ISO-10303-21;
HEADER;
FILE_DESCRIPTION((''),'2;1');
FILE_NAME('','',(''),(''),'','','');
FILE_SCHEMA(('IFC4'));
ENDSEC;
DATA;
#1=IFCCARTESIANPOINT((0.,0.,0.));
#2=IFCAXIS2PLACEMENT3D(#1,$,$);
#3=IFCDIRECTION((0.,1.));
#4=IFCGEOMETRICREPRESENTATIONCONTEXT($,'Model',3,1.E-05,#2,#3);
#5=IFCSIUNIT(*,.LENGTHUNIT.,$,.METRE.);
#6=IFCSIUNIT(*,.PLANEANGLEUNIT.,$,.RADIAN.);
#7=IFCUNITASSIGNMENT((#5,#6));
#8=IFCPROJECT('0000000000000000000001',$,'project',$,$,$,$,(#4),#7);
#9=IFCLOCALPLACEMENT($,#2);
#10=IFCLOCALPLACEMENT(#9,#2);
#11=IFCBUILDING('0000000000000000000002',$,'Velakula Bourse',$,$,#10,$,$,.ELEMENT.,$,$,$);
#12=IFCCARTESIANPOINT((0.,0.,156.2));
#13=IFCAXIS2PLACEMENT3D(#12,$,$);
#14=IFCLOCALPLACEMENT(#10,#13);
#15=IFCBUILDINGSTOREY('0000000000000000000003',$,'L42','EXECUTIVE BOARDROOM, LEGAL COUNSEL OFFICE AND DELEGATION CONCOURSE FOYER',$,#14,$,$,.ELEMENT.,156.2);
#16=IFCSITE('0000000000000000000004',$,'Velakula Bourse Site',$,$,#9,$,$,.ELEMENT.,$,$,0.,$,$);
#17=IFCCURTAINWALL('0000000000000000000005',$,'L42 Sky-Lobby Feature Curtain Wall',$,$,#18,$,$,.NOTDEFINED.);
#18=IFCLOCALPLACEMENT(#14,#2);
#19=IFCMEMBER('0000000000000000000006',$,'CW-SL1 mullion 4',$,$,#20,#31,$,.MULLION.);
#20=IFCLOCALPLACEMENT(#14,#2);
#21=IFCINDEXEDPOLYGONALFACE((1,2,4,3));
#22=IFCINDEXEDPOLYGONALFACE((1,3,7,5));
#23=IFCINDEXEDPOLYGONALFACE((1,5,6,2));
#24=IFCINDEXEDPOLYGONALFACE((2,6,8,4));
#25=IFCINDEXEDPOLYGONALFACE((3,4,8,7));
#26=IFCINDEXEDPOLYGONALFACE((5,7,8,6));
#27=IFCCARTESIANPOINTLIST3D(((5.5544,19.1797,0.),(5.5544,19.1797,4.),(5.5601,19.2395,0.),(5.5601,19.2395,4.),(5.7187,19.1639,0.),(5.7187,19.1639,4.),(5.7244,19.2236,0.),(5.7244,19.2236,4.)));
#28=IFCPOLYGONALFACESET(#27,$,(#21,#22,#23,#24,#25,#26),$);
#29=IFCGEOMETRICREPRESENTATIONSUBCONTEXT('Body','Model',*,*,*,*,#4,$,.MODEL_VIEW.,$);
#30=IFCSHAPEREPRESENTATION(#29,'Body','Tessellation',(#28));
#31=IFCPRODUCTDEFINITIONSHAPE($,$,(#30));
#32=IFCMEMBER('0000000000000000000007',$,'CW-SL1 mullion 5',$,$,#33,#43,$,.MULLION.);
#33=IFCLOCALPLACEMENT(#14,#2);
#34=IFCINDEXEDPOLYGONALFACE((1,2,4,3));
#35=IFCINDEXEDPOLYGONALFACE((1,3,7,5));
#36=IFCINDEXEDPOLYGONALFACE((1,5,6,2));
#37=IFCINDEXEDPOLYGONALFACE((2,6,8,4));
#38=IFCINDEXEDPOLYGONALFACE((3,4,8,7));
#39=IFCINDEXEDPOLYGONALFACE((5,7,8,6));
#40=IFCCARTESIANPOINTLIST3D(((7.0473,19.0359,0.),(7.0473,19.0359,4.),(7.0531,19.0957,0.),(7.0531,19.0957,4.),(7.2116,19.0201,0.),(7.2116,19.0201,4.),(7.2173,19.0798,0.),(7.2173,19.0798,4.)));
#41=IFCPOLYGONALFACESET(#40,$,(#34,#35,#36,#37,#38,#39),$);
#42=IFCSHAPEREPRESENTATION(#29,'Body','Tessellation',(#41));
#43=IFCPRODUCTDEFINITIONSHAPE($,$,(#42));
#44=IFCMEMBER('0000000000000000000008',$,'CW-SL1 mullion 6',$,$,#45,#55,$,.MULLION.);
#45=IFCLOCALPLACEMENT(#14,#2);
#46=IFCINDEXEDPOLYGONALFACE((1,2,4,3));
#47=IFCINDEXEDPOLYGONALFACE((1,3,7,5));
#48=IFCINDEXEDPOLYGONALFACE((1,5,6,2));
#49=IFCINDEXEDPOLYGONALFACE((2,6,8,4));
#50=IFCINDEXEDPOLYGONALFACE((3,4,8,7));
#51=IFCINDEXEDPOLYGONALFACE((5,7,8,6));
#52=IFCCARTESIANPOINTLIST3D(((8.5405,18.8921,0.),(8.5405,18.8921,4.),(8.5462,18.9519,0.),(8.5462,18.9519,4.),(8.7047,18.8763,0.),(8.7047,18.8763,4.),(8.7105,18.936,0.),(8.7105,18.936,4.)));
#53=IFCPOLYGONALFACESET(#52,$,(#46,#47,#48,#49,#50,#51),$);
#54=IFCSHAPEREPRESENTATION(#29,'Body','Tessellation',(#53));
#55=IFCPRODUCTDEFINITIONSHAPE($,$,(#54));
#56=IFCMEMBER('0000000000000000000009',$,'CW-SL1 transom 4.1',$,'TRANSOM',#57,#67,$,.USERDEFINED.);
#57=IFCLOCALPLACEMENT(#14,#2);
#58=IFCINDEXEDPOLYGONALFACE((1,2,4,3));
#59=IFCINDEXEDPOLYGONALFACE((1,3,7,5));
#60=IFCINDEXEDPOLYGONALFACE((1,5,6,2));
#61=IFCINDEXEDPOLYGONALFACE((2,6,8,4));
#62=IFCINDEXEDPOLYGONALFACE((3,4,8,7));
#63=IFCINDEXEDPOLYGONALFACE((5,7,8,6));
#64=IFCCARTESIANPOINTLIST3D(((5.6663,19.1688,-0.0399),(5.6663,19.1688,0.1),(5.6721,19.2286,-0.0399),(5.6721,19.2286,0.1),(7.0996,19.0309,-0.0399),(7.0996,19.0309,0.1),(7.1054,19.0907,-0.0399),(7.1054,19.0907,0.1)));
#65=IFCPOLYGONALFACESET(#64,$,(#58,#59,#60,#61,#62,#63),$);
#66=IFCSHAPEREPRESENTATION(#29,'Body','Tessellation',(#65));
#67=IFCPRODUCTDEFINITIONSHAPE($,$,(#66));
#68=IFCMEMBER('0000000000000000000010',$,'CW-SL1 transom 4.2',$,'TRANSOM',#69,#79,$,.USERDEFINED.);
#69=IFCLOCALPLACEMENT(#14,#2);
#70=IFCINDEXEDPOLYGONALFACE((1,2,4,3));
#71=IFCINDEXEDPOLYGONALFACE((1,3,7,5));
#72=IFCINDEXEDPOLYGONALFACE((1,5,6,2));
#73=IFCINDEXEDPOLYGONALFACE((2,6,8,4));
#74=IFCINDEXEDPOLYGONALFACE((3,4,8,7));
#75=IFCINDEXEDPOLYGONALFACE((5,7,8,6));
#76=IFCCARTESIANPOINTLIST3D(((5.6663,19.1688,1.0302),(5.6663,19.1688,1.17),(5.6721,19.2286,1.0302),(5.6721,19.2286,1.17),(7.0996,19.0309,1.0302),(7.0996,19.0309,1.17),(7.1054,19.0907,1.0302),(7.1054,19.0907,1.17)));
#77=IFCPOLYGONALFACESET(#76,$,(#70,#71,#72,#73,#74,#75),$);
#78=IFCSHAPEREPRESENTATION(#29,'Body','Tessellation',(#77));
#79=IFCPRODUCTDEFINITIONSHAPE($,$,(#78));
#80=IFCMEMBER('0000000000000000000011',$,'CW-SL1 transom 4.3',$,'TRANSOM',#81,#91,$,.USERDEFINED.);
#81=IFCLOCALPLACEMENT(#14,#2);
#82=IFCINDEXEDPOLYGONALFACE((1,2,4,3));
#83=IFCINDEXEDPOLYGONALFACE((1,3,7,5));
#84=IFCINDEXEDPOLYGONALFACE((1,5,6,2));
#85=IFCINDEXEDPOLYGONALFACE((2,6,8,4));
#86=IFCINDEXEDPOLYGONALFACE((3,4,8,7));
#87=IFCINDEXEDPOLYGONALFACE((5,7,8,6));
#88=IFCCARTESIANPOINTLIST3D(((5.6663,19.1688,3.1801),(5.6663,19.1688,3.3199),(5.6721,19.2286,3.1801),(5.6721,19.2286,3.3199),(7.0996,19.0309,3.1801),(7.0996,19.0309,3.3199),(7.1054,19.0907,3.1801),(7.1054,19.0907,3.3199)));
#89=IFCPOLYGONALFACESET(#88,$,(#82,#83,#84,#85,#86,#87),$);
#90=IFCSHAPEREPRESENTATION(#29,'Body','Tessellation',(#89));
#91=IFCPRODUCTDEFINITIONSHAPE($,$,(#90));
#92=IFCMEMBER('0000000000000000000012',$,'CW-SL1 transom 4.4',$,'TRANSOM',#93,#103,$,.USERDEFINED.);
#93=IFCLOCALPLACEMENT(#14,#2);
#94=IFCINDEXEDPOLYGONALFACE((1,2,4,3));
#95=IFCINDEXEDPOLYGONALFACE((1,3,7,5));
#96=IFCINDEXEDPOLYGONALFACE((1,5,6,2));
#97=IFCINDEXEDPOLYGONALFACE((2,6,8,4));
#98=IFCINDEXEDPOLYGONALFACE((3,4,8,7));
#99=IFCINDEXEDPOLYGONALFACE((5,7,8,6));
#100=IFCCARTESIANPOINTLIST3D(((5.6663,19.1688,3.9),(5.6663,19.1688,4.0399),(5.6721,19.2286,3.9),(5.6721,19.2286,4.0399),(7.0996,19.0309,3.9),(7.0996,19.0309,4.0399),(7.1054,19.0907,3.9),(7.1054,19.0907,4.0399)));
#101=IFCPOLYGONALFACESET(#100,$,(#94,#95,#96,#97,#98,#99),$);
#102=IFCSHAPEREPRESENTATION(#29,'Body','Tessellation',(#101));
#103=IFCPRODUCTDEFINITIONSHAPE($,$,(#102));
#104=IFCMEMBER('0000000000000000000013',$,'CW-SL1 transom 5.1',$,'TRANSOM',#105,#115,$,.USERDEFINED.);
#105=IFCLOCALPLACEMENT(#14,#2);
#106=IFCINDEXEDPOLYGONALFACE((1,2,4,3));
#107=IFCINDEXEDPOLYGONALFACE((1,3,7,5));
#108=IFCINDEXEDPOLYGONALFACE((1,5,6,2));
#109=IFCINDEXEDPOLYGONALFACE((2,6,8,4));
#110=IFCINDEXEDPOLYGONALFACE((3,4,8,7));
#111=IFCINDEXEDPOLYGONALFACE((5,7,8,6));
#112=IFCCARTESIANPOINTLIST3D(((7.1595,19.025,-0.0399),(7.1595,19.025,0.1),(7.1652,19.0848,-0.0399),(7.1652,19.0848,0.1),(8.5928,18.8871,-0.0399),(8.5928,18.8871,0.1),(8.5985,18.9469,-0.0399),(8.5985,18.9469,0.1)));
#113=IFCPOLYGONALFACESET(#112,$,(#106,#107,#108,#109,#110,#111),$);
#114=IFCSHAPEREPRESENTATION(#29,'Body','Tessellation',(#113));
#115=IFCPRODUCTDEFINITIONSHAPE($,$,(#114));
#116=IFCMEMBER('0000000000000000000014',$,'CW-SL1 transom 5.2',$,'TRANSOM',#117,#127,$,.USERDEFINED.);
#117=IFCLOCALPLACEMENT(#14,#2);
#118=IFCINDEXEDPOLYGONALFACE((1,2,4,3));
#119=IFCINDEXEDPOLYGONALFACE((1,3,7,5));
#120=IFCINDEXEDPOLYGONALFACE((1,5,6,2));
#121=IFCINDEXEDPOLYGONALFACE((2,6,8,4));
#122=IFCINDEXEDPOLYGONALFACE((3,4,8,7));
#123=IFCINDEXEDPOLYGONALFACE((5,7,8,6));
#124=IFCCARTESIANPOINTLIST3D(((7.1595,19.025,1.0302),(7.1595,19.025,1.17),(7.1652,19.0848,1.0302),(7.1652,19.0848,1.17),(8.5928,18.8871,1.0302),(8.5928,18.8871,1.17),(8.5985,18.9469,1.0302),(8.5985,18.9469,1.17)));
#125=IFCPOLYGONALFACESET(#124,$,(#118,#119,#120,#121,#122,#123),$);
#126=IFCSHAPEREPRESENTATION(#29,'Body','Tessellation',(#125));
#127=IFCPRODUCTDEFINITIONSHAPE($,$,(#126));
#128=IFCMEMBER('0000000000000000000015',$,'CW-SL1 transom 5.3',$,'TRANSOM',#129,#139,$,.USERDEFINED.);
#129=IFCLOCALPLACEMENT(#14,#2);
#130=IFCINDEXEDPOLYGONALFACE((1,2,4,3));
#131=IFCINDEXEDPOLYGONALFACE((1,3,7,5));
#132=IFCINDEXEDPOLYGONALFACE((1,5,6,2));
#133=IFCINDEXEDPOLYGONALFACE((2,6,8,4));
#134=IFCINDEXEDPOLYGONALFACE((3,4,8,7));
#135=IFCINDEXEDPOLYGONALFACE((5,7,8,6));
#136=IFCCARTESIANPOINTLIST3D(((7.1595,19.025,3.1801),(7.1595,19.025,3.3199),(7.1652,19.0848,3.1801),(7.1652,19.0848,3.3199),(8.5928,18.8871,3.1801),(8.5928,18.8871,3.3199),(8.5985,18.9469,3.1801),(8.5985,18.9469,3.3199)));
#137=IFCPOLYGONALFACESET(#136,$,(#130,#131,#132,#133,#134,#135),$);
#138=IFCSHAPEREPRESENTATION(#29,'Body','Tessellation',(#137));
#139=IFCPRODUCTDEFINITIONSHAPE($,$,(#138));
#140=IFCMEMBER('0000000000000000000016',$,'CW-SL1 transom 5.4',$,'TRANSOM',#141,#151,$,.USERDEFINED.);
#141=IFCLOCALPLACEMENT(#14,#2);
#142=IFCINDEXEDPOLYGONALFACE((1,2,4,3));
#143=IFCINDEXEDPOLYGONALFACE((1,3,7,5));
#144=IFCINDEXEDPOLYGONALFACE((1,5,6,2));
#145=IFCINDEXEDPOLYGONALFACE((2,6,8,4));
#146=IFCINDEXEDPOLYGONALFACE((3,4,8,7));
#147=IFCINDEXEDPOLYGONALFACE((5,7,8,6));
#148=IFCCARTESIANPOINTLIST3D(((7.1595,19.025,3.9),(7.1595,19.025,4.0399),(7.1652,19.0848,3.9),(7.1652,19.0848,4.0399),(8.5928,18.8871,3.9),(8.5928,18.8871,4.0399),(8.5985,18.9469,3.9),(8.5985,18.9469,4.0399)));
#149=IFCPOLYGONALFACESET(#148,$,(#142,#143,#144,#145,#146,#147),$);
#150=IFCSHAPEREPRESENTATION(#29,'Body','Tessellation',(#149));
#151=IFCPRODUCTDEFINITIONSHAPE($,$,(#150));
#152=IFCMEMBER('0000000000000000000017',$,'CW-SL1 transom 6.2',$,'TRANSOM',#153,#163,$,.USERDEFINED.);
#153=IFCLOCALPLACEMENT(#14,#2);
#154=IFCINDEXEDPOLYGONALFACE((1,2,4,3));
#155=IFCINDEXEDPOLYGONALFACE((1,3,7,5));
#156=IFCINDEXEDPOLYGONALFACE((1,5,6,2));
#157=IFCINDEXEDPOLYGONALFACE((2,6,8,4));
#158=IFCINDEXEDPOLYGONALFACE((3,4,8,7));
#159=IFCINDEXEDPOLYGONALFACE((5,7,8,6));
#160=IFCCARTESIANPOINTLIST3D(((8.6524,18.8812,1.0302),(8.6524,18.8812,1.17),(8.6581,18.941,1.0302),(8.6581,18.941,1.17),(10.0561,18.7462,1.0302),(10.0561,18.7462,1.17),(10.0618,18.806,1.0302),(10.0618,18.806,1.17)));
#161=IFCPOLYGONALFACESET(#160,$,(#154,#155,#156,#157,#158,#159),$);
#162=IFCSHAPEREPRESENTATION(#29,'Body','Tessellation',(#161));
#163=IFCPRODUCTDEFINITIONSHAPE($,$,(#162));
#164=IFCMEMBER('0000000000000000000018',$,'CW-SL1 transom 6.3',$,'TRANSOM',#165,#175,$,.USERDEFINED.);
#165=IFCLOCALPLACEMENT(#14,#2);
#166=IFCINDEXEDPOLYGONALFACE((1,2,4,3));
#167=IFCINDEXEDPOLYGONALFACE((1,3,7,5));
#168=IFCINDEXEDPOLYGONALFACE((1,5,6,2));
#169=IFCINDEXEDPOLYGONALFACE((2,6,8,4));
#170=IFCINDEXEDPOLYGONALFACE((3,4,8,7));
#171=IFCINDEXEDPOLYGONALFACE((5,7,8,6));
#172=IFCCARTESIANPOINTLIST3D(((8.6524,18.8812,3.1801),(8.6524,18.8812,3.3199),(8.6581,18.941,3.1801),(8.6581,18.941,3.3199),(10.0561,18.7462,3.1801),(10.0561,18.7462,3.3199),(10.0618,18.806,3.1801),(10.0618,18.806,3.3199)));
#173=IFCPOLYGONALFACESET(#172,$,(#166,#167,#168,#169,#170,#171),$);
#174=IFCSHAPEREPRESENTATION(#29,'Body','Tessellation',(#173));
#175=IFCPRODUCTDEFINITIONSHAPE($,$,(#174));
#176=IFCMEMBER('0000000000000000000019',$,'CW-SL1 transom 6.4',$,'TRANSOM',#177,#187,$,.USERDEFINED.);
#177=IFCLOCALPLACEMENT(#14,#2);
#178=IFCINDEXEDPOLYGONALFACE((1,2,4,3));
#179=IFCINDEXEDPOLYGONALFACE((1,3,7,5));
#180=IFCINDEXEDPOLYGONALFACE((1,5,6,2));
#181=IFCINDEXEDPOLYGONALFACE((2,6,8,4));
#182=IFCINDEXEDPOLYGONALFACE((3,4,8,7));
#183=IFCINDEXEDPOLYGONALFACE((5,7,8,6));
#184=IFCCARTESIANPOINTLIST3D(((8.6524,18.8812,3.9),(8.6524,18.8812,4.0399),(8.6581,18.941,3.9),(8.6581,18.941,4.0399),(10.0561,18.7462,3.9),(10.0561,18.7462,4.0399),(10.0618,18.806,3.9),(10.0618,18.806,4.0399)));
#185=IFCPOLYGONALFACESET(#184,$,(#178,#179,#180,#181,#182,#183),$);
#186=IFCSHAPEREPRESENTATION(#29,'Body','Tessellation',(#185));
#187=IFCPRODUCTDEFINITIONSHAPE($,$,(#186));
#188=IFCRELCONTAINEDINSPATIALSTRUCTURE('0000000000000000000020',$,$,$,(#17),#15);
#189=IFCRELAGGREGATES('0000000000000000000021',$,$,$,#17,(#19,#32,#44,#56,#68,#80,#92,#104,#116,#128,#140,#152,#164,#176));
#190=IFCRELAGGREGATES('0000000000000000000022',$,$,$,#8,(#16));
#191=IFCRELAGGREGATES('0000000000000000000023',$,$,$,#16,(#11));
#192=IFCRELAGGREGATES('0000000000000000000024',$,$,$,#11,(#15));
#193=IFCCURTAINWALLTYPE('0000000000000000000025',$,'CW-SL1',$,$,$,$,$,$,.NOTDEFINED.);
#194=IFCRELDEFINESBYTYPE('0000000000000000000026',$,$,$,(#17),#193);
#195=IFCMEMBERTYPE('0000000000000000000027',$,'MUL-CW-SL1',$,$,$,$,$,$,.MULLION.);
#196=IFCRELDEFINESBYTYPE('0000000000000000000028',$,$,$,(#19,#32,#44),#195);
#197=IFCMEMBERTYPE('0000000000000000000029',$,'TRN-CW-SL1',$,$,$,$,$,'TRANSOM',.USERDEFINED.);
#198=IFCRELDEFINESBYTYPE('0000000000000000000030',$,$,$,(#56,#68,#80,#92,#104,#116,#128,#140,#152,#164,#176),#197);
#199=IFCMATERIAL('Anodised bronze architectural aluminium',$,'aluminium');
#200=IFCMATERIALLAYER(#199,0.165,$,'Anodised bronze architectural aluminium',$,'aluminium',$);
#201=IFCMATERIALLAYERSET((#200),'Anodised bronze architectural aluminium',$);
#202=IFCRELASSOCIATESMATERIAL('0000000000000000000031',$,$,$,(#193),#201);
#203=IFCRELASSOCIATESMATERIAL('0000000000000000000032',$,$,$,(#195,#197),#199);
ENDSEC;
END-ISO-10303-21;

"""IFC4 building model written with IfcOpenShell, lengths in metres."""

from ifc_helpers import new_model, si_unit, direction, frame, origin, origin_2d, place, context, subcontext, project, spatial, rectangle, extrude, material, layer, layer_set, material_profile, profile_set, type_object, element, aggregate, save


model = new_model("IFC4")

# Units and contexts
model_context = context("Model", 3, precision=1e-05, world=origin(), true_north=direction((0.0, 1.0)))
body_context = subcontext(model_context, "Body", "Model", "MODEL_VIEW")
ifc_project = project(units=[si_unit("LENGTHUNIT", "METRE"), si_unit("PLANEANGLEUNIT", "RADIAN")], contexts=[model_context])

# Site, building, storey
site_placement = place(None, origin())
site = spatial("IfcSite", under=ifc_project, at=site_placement, Name="Velakula Bourse Site", CompositionType="ELEMENT", RefElevation=0.0)
building_placement = place(site_placement, origin())
building = spatial("IfcBuilding", under=site, at=building_placement, Name="Velakula Bourse", CompositionType="ELEMENT")
storey_placement = place(building_placement, frame((0.0, 0.0, 156.2)))
storey = spatial("IfcBuildingStorey", under=building, at=storey_placement, Name="L42", Description="EXECUTIVE BOARDROOM, LEGAL COUNSEL OFFICE AND DELEGATION CONCOURSE FOYER", CompositionType="ELEMENT", Elevation=156.2)

# Curtain wall, members
ifc_material_1 = material(Name="Anodised bronze architectural aluminium", Category="aluminium")
ifc_layer_1 = layer(ifc_material_1, 0.165, Name="Anodised bronze architectural aluminium", Category="aluminium")
ifc_layer_set_1 = layer_set([ifc_layer_1], Name="Anodised bronze architectural aluminium")
curtain_wall_type = type_object("IfcCurtainWallType", Name="CW-SL1", PredefinedType="NOTDEFINED", material=ifc_layer_set_1)
curtain_wall_placement = place(storey_placement, origin())
curtain_wall = element("IfcCurtainWall", 1, at=curtain_wall_placement, inside=storey, type_object=curtain_wall_type, Name="L42 Sky-Lobby Feature Curtain Wall", PredefinedType="NOTDEFINED")
ifc_material_profile_1 = material_profile(ifc_material_1, rectangle(XDim=0.0601, YDim=0.165, at=origin_2d()), Name="Anodised bronze architectural aluminium")
ifc_profile_set_1 = profile_set([ifc_material_profile_1], Name="Anodised bronze architectural aluminium")
member_type_1 = type_object("IfcMemberType", Name="MUL-CW-SL1", PredefinedType="MULLION", material=ifc_profile_set_1)
member_1_placement = place(storey_placement, frame((5.6394, 19.2017, 0.0), z_axis=(0.0, 0.0, 1.0), x_axis=(0.095855, 0.995395, 0.0)))
member_1 = element("IfcMember", 2, at=member_1_placement, type_object=member_type_1, Name="CW-SL1 mullion 4", PredefinedType="MULLION", context=body_context, shape_type="SweptSolid", body=[
    extrude(rectangle(XDim=0.0601, YDim=0.165, at=origin_2d()), origin(), (0.0, 0.0, 1.0), 4.0),
])
member_2_placement = place(storey_placement, frame((7.1323, 19.0579, 0.0), z_axis=(0.0, 0.0, 1.0), x_axis=(0.095855, 0.995395, 0.0)))
member_2 = element("IfcMember", 3, at=member_2_placement, type_object=member_type_1, Name="CW-SL1 mullion 5", PredefinedType="MULLION", context=body_context, shape_type="SweptSolid", body=[
    extrude(rectangle(XDim=0.0601, YDim=0.165, at=origin_2d()), origin(), (0.0, 0.0, 1.0), 4.0),
])
member_3_placement = place(storey_placement, frame((8.6255, 18.9141, 0.0), z_axis=(0.0, 0.0, 1.0), x_axis=(0.095855, 0.995395, 0.0)))
member_3 = element("IfcMember", 4, at=member_3_placement, type_object=member_type_1, Name="CW-SL1 mullion 6", PredefinedType="MULLION", context=body_context, shape_type="SweptSolid", body=[
    extrude(rectangle(XDim=0.0601, YDim=0.165, at=origin_2d()), origin(), (0.0, 0.0, 1.0), 4.0),
])
ifc_material_profile_2 = material_profile(ifc_material_1, rectangle(XDim=0.0601, YDim=0.1399, at=origin_2d()), Name="Anodised bronze architectural aluminium")
ifc_profile_set_2 = profile_set([ifc_material_profile_2], Name="Anodised bronze architectural aluminium")
member_type_2 = type_object("IfcMemberType", Name="TRN-CW-SL1", ElementType="TRANSOM", PredefinedType="USERDEFINED", material=ifc_profile_set_2)
member_4_placement = place(storey_placement, frame((5.6692, 19.1987, 0.03), z_axis=(0.995401, -0.095793, 0.0), x_axis=(0.095793, 0.995401, 0.0)))
member_4 = element("IfcMember", 5, at=member_4_placement, type_object=member_type_2, Name="CW-SL1 transom 4.1", ObjectType="TRANSOM", PredefinedType="USERDEFINED", context=body_context, shape_type="SweptSolid", body=[
    extrude(rectangle(XDim=0.0601, YDim=0.1399, at=origin_2d()), origin(), (0.0, 0.0, 1.0), 1.4399),
])
member_5_placement = place(storey_placement, frame((5.6692, 19.1987, 1.1001), z_axis=(0.995401, -0.095793, 0.0), x_axis=(0.095793, 0.995401, 0.0)))
member_5 = element("IfcMember", 6, at=member_5_placement, type_object=member_type_2, Name="CW-SL1 transom 4.2", ObjectType="TRANSOM", PredefinedType="USERDEFINED", context=body_context, shape_type="SweptSolid", body=[
    extrude(rectangle(XDim=0.0601, YDim=0.1399, at=origin_2d()), origin(), (0.0, 0.0, 1.0), 1.4399),
])
member_6_placement = place(storey_placement, frame((5.6692, 19.1987, 3.25), z_axis=(0.995401, -0.095793, 0.0), x_axis=(0.095793, 0.995401, 0.0)))
member_6 = element("IfcMember", 7, at=member_6_placement, type_object=member_type_2, Name="CW-SL1 transom 4.3", ObjectType="TRANSOM", PredefinedType="USERDEFINED", context=body_context, shape_type="SweptSolid", body=[
    extrude(rectangle(XDim=0.0601, YDim=0.1399, at=origin_2d()), origin(), (0.0, 0.0, 1.0), 1.4399),
])
member_7_placement = place(storey_placement, frame((5.6692, 19.1987, 3.97), z_axis=(0.995401, -0.095793, 0.0), x_axis=(0.095793, 0.995401, 0.0)))
member_7 = element("IfcMember", 8, at=member_7_placement, type_object=member_type_2, Name="CW-SL1 transom 4.4", ObjectType="TRANSOM", PredefinedType="USERDEFINED", context=body_context, shape_type="SweptSolid", body=[
    extrude(rectangle(XDim=0.0601, YDim=0.1399, at=origin_2d()), origin(), (0.0, 0.0, 1.0), 1.4399),
])
member_8_placement = place(storey_placement, frame((7.1624, 19.0549, 0.03), z_axis=(0.995401, -0.095793, 0.0), x_axis=(0.095793, 0.995401, 0.0)))
member_8 = element("IfcMember", 9, at=member_8_placement, type_object=member_type_2, Name="CW-SL1 transom 5.1", ObjectType="TRANSOM", PredefinedType="USERDEFINED", context=body_context, shape_type="SweptSolid", body=[
    extrude(rectangle(XDim=0.0601, YDim=0.1399, at=origin_2d()), origin(), (0.0, 0.0, 1.0), 1.4399),
])
member_9_placement = place(storey_placement, frame((7.1624, 19.0549, 1.1001), z_axis=(0.995401, -0.095793, 0.0), x_axis=(0.095793, 0.995401, 0.0)))
member_9 = element("IfcMember", 10, at=member_9_placement, type_object=member_type_2, Name="CW-SL1 transom 5.2", ObjectType="TRANSOM", PredefinedType="USERDEFINED", context=body_context, shape_type="SweptSolid", body=[
    extrude(rectangle(XDim=0.0601, YDim=0.1399, at=origin_2d()), origin(), (0.0, 0.0, 1.0), 1.4399),
])
member_10_placement = place(storey_placement, frame((7.1624, 19.0549, 3.25), z_axis=(0.995401, -0.095793, 0.0), x_axis=(0.095793, 0.995401, 0.0)))
member_10 = element("IfcMember", 11, at=member_10_placement, type_object=member_type_2, Name="CW-SL1 transom 5.3", ObjectType="TRANSOM", PredefinedType="USERDEFINED", context=body_context, shape_type="SweptSolid", body=[
    extrude(rectangle(XDim=0.0601, YDim=0.1399, at=origin_2d()), origin(), (0.0, 0.0, 1.0), 1.4399),
])
member_11_placement = place(storey_placement, frame((7.1624, 19.0549, 3.97), z_axis=(0.995401, -0.095793, 0.0), x_axis=(0.095793, 0.995401, 0.0)))
member_11 = element("IfcMember", 12, at=member_11_placement, type_object=member_type_2, Name="CW-SL1 transom 5.4", ObjectType="TRANSOM", PredefinedType="USERDEFINED", context=body_context, shape_type="SweptSolid", body=[
    extrude(rectangle(XDim=0.0601, YDim=0.1399, at=origin_2d()), origin(), (0.0, 0.0, 1.0), 1.4399),
])
member_12_placement = place(storey_placement, frame((8.6553, 18.9111, 1.1001), z_axis=(0.995406, -0.095749, 0.0), x_axis=(0.095749, 0.995406, 0.0)))
member_12 = element("IfcMember", 13, at=member_12_placement, type_object=member_type_2, Name="CW-SL1 transom 6.2", ObjectType="TRANSOM", PredefinedType="USERDEFINED", context=body_context, shape_type="SweptSolid", body=[
    extrude(rectangle(XDim=0.0601, YDim=0.1399, at=origin_2d()), origin(), (0.0, 0.0, 1.0), 1.4102),
])
member_13_placement = place(storey_placement, frame((8.6553, 18.9111, 3.25), z_axis=(0.995406, -0.095749, 0.0), x_axis=(0.095749, 0.995406, 0.0)))
member_13 = element("IfcMember", 14, at=member_13_placement, type_object=member_type_2, Name="CW-SL1 transom 6.3", ObjectType="TRANSOM", PredefinedType="USERDEFINED", context=body_context, shape_type="SweptSolid", body=[
    extrude(rectangle(XDim=0.0601, YDim=0.1399, at=origin_2d()), origin(), (0.0, 0.0, 1.0), 1.4102),
])
member_14_placement = place(storey_placement, frame((8.6553, 18.9111, 3.97), z_axis=(0.995406, -0.095749, 0.0), x_axis=(0.095749, 0.995406, 0.0)))
member_14 = element("IfcMember", 15, at=member_14_placement, type_object=member_type_2, Name="CW-SL1 transom 6.4", ObjectType="TRANSOM", PredefinedType="USERDEFINED", context=body_context, shape_type="SweptSolid", body=[
    extrude(rectangle(XDim=0.0601, YDim=0.1399, at=origin_2d()), origin(), (0.0, 0.0, 1.0), 1.4102),
])
aggregate(curtain_wall, [member_1, member_2, member_3, member_4, member_5, member_6, member_7, member_8, member_9, member_10, member_11, member_12, member_13, member_14])

save(model, "model.ifc")
